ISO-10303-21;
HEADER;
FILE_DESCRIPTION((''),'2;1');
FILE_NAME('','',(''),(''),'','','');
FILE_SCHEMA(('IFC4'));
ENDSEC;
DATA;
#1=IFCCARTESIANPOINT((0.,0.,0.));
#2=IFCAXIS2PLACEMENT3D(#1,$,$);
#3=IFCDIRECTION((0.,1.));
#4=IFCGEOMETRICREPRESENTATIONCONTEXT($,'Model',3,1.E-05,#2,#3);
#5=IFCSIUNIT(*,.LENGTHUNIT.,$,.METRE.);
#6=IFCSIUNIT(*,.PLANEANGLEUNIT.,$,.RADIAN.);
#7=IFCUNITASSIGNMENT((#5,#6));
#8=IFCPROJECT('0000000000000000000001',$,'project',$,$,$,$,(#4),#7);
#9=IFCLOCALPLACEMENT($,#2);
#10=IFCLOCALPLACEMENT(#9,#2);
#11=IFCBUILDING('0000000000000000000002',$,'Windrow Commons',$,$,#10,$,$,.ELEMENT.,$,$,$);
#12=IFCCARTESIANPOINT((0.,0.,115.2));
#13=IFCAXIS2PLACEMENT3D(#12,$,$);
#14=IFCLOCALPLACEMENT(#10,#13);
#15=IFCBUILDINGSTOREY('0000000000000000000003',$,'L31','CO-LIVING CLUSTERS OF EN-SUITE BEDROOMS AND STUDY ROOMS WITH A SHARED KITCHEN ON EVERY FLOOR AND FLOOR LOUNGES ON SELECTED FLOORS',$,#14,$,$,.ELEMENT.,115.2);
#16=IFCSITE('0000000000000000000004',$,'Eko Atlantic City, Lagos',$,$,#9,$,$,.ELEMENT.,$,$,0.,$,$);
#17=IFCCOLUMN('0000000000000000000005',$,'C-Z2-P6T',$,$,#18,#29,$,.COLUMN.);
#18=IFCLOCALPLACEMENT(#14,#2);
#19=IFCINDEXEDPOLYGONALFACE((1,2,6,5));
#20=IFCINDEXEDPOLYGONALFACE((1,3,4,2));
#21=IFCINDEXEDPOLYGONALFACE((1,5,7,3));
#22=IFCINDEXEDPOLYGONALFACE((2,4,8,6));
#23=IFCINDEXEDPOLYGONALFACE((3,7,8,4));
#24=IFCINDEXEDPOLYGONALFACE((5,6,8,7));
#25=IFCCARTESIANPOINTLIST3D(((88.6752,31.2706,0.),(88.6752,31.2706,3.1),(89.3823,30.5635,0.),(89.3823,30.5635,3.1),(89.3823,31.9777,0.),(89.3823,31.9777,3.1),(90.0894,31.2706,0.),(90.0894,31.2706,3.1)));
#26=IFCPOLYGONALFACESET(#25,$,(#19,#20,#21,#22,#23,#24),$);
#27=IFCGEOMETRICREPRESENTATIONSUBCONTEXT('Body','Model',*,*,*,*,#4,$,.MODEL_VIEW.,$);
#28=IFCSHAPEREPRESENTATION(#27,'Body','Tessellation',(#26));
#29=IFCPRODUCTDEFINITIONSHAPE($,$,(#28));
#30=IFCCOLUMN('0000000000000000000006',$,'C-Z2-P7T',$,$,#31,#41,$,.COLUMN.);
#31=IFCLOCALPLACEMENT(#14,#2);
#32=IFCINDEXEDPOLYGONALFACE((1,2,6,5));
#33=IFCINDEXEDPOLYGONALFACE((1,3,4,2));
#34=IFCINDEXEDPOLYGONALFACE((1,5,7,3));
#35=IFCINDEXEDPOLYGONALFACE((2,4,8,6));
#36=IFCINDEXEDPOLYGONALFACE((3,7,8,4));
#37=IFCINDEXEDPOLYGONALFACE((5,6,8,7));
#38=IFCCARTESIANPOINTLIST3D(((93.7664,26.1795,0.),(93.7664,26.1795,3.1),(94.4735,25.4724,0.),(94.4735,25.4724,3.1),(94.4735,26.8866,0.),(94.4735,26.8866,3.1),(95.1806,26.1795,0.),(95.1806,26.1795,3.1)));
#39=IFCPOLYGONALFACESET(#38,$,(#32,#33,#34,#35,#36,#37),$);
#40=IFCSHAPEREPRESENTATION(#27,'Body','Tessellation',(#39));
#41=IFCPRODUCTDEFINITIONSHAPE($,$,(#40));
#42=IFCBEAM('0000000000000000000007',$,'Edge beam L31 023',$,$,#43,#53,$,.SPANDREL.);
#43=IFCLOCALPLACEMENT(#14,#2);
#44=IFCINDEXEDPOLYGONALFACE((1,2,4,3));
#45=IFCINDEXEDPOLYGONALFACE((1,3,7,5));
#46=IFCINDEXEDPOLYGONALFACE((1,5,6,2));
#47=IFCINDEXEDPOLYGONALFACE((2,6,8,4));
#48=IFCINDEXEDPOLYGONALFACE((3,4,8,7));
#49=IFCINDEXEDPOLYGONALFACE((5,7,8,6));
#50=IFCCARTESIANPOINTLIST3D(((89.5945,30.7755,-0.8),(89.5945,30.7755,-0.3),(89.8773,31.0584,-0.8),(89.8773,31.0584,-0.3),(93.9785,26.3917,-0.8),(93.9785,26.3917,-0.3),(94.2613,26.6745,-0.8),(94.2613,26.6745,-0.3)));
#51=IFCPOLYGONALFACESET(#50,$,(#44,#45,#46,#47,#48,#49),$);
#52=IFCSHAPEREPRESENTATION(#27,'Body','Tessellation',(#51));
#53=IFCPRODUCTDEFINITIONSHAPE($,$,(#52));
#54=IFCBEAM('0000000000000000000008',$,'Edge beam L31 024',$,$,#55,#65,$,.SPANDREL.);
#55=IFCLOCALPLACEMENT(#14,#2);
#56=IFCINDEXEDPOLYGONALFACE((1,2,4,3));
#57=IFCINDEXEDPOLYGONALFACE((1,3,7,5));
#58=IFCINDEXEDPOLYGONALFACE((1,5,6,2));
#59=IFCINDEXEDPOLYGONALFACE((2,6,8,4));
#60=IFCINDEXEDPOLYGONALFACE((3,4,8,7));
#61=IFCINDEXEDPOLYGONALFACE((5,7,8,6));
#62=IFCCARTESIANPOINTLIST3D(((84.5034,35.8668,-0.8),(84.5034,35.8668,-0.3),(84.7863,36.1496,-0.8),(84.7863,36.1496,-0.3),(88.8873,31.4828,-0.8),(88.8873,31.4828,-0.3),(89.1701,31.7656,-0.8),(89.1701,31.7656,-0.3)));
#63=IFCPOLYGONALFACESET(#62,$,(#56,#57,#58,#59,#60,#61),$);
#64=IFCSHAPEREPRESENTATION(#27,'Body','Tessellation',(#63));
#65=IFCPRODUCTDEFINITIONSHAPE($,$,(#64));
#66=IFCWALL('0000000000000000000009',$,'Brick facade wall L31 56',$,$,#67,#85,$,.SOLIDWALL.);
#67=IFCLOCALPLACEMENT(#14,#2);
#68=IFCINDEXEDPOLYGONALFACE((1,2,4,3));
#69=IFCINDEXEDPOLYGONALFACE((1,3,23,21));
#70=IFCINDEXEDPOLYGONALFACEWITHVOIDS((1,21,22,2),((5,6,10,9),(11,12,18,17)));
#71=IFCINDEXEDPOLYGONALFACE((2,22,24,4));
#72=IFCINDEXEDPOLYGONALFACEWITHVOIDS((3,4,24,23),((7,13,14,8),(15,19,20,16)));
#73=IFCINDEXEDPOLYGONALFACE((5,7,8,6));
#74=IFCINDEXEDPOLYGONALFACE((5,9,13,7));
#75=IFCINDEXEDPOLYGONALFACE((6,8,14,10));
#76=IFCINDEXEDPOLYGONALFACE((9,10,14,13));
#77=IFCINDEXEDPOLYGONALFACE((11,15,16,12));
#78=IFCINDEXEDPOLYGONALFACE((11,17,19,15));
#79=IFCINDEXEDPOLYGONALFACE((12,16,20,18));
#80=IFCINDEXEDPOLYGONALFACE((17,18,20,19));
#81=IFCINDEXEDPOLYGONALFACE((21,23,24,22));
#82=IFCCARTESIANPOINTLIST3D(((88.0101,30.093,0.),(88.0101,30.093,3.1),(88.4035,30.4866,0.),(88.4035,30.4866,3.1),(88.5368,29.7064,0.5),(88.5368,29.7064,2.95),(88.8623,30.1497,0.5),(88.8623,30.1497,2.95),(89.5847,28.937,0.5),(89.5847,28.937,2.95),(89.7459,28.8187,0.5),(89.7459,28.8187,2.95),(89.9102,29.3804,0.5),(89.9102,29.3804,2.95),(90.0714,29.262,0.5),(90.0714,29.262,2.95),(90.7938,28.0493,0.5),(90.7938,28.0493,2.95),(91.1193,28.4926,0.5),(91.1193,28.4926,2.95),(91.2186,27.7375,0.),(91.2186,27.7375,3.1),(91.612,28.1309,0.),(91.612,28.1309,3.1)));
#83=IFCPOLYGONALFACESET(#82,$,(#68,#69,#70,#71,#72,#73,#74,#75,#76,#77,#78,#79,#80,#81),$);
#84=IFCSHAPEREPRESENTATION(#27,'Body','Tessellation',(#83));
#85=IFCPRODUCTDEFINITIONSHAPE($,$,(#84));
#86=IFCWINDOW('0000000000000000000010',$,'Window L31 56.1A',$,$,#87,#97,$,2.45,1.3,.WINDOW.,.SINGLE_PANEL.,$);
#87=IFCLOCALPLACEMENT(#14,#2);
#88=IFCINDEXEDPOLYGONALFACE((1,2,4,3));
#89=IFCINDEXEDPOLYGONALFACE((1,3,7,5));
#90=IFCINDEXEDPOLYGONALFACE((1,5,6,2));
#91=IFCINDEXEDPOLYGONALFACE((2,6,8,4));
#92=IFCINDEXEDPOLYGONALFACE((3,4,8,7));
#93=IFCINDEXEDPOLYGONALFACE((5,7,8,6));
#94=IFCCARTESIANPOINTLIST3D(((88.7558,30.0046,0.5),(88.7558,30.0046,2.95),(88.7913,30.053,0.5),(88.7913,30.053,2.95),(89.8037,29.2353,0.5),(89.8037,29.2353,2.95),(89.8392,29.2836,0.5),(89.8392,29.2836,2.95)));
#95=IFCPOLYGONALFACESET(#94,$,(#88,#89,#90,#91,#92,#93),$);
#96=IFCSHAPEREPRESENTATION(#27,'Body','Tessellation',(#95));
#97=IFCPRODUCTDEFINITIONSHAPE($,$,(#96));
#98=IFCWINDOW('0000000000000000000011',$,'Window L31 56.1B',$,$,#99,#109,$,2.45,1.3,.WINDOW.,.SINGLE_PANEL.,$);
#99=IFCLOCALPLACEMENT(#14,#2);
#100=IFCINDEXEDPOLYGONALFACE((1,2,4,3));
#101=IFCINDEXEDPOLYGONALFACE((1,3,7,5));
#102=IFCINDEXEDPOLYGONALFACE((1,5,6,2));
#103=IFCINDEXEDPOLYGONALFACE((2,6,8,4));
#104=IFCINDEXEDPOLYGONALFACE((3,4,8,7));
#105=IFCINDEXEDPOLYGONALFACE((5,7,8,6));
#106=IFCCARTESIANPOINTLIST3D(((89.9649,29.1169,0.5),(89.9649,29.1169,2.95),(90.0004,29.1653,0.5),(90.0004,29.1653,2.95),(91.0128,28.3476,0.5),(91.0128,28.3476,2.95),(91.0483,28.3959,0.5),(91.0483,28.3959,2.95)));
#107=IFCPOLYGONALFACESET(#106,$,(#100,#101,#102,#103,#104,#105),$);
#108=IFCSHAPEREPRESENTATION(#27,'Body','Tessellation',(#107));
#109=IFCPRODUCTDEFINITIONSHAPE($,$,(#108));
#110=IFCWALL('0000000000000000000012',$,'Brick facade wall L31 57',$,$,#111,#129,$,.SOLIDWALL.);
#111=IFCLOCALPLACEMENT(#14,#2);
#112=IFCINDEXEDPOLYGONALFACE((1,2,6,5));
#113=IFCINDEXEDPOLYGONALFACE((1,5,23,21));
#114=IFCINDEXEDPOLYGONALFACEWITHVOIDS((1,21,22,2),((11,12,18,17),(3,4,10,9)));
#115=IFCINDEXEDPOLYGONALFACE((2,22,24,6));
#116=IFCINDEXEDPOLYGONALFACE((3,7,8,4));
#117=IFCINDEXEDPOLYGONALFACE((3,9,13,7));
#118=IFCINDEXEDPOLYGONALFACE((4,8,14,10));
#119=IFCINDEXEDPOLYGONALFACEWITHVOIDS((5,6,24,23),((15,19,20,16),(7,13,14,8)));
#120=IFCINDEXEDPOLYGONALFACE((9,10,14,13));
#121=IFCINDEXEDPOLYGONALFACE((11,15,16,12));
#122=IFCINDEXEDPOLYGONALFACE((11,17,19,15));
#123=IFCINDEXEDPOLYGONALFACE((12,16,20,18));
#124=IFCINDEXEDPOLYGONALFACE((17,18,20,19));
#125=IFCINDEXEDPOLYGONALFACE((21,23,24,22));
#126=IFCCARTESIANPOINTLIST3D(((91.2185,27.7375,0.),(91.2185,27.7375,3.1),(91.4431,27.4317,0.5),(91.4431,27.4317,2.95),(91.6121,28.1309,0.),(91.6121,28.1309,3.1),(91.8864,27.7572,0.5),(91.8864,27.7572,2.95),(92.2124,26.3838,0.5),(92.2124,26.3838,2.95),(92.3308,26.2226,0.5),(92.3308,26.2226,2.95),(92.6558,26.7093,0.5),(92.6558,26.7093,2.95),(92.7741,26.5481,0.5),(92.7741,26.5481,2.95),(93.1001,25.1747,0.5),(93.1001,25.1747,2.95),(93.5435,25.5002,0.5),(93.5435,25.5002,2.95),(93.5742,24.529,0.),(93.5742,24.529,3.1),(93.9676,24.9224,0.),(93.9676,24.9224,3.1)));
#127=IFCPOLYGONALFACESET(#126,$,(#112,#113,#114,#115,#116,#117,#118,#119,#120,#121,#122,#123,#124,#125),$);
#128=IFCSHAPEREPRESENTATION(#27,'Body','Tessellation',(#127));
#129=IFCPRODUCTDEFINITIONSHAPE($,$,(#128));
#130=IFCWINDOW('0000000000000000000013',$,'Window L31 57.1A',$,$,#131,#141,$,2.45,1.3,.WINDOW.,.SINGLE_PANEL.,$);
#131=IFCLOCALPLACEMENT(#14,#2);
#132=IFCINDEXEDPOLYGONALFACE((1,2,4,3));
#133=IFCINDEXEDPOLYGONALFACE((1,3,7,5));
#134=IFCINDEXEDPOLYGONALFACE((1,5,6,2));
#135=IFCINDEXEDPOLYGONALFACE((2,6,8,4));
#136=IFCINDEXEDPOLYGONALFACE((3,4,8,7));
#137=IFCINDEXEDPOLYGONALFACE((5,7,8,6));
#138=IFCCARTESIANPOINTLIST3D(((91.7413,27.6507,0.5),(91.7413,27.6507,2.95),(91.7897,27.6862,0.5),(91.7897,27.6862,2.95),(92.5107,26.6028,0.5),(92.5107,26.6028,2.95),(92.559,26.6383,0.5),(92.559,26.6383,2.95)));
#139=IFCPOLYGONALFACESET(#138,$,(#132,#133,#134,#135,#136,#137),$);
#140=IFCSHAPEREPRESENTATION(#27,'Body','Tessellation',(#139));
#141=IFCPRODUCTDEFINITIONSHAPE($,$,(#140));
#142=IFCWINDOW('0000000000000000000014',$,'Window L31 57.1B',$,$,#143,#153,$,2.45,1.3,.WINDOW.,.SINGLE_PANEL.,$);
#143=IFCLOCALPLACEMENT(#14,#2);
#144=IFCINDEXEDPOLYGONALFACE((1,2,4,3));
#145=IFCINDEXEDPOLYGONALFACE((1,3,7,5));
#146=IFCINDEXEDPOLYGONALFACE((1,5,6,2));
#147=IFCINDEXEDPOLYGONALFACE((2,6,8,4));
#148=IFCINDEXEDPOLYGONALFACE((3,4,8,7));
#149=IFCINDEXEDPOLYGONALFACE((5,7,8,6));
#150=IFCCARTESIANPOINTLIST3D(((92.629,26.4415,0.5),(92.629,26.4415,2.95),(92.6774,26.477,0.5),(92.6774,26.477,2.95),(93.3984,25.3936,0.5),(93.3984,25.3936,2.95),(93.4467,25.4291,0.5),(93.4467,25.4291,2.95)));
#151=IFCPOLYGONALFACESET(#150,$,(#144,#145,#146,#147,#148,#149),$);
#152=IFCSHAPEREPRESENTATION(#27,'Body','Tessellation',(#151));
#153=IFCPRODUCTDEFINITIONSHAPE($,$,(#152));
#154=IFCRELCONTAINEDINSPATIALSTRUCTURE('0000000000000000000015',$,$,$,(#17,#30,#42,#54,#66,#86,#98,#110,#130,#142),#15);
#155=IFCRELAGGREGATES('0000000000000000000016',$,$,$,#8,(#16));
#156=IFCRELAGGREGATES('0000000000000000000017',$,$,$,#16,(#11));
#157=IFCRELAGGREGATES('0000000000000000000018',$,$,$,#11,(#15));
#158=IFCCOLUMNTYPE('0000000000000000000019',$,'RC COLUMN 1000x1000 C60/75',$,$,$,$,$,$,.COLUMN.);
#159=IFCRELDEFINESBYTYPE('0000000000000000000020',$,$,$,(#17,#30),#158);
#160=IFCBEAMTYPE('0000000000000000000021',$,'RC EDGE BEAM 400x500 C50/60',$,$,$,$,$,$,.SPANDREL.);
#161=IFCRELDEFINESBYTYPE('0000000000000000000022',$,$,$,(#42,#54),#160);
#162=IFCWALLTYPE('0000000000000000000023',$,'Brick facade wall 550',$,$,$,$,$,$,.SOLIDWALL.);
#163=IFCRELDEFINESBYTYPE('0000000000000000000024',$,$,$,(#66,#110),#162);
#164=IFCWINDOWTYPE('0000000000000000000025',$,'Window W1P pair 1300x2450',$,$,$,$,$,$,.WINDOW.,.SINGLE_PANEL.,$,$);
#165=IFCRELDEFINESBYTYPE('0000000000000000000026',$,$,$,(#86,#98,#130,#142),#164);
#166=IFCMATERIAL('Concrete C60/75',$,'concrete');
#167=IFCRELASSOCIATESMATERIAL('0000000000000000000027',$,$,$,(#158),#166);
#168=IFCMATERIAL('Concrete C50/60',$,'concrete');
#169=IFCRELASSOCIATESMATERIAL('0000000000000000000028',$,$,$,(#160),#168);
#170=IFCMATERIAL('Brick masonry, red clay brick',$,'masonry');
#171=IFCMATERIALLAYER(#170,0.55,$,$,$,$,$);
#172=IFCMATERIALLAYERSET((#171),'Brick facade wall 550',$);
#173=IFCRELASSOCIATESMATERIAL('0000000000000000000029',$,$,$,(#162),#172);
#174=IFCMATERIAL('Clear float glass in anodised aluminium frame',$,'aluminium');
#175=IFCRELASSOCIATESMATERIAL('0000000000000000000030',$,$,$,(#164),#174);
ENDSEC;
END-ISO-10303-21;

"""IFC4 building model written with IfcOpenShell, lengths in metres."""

from ifc_helpers import new_model, si_unit, direction, frame, frame_2d, origin, origin_2d, place, context, subcontext, project, spatial, polyline, rectangle, outline, extrude, material, layer, layer_set, material_profile, profile_set, type_object, element, fill, save


model = new_model("IFC4")

# Units and contexts
model_context = context("Model", 3, precision=1e-05, world=origin(), true_north=direction((0.0, 1.0)))
body_context = subcontext(model_context, "Body", "Model", "MODEL_VIEW")
ifc_project = project(units=[si_unit("LENGTHUNIT", "METRE"), si_unit("PLANEANGLEUNIT", "RADIAN")], contexts=[model_context])

# Site, building, storey
site_placement = place(None, origin())
site = spatial("IfcSite", under=ifc_project, at=site_placement, Name="Eko Atlantic City, Lagos", CompositionType="ELEMENT", RefElevation=0.0)
building_placement = place(site_placement, origin())
building = spatial("IfcBuilding", under=site, at=building_placement, Name="Windrow Commons", CompositionType="ELEMENT")
storey_placement = place(building_placement, frame((0.0, 0.0, 115.2)))
storey = spatial("IfcBuildingStorey", under=building, at=storey_placement, Name="L31", Description="CO-LIVING CLUSTERS OF EN-SUITE BEDROOMS AND STUDY ROOMS WITH A SHARED KITCHEN ON EVERY FLOOR AND FLOOR LOUNGES ON SELECTED FLOORS", CompositionType="ELEMENT", Elevation=115.2)

# Columns
ifc_material_1 = material(Name="Concrete C60/75", Category="concrete")
ifc_material_profile_1 = material_profile(ifc_material_1, rectangle(XDim=1.0, YDim=1.0, at=origin_2d()))
ifc_profile_set_1 = profile_set([ifc_material_profile_1], Name="Concrete C60/75")
column_type = type_object("IfcColumnType", Name="RC COLUMN 1000x1000 C60/75", PredefinedType="COLUMN", material=ifc_profile_set_1)
for number, where, z_axis, x_axis, name in (
    (1, (89.3823, 31.2706, 0.0), (0.0, 0.0, 1.0), (0.707107, -0.707107, 0.0), "C-Z2-P6T"),
    (2, (94.4735, 26.1795, 0.0), (0.0, 0.0, 1.0), (0.707107, -0.707107, 0.0), "C-Z2-P7T"),
):
    element("IfcColumn", number, at=place(storey_placement, frame(where, z_axis=z_axis, x_axis=x_axis)), inside=storey, type_object=column_type, Name=name, PredefinedType="COLUMN", context=body_context, shape_type="SweptSolid", body=[
        extrude(rectangle(XDim=1.0, YDim=1.0, at=origin_2d()), origin(), (0.0, 0.0, 1.0), 3.1),
    ])

# Beams
ifc_material_2 = material(Name="Concrete C50/60", Category="concrete")
ifc_material_profile_2 = material_profile(ifc_material_2, rectangle(XDim=0.4, YDim=0.5, at=origin_2d()))
ifc_profile_set_2 = profile_set([ifc_material_profile_2], Name="Concrete C50/60")
beam_type = type_object("IfcBeamType", Name="RC EDGE BEAM 400x500 C50/60", PredefinedType="SPANDREL", material=ifc_profile_set_2)
for number, where, z_axis, x_axis, name in (
    (3, (94.1199, 26.5331, -0.55), (-0.707115, 0.707099, 0.0), (-0.707099, -0.707115, 0.0), "Edge beam L31 023"),
    (4, (89.0287, 31.6242, -0.55), (-0.707099, 0.707115, 0.0), (-0.707115, -0.707099, 0.0), "Edge beam L31 024"),
):
    element("IfcBeam", number, at=place(storey_placement, frame(where, z_axis=z_axis, x_axis=x_axis)), inside=storey, type_object=beam_type, Name=name, PredefinedType="SPANDREL", context=body_context, shape_type="SweptSolid", body=[
        extrude(rectangle(XDim=0.4, YDim=0.5, at=origin_2d()), origin(), (0.0, 0.0, 1.0), 6.1998),
    ])

# Walls, openings, windows
ifc_material_3 = material(Name="Brick masonry, red clay brick", Category="masonry")
ifc_layer_1 = layer(ifc_material_3, 0.55)
ifc_layer_set_1 = layer_set([ifc_layer_1], Name="Brick facade wall 550")
wall_type_1 = type_object("IfcWallType", Name="Brick facade wall 550", PredefinedType="SOLIDWALL", material=ifc_layer_set_1)
wall_1_placement = place(storey_placement, frame((88.2068, 30.2898, 0.0), z_axis=(0.0, 0.0, 1.0), x_axis=(0.806081, -0.591805, 0.0)))
wall_1 = element("IfcWall", 5, at=wall_1_placement, inside=storey, type_object=wall_type_1, Name="Brick facade wall L31 56", PredefinedType="SOLIDWALL", context=body_context, shape_type="SweptSolid", body=[
    extrude(outline(polyline([(-0.0421, -0.275), (3.9382, -0.275), (4.0225, 0.275), (0.0421, 0.275), (-0.0421, -0.275)])), origin(), (0.0, 0.0, 1.0), 3.1),
])
opening_1_placement = place(wall_1_placement, frame((0.6113, 0.0, 0.5)))
opening_1 = element("IfcOpeningElement", 6, at=opening_1_placement, cuts=wall_1, PredefinedType="OPENING", context=body_context, shape_type="SweptSolid", body=[
    extrude(rectangle(XDim=1.3, YDim=2.45, at=frame_2d((0.65, 1.225))), frame((0.0, 0.285, 0.0), z_axis=(0.0, -1.0, 0.0), x_axis=(1.0, 0.0, 0.0)), (0.0, 0.0, 1.0), 0.57),
])
opening_2_placement = place(wall_1_placement, frame((2.1113, 0.0, 0.5)))
opening_2 = element("IfcOpeningElement", 7, at=opening_2_placement, cuts=wall_1, PredefinedType="OPENING", context=body_context, shape_type="SweptSolid", body=[
    extrude(rectangle(XDim=1.3, YDim=2.45, at=frame_2d((0.65, 1.225))), frame((0.0, 0.285, 0.0), z_axis=(0.0, -1.0, 0.0), x_axis=(1.0, 0.0, 0.0)), (0.0, 0.0, 1.0), 0.57),
])
ifc_material_4 = material(Name="Clear float glass in anodised aluminium frame", Category="aluminium")
window_type_1 = type_object("IfcWindowType", Name="Window W1P pair 1300x2450", PartitioningType="SINGLE_PANEL", PredefinedType="WINDOW", material=ifc_material_4)
window_1_placement = place(opening_1_placement, origin())
window_1 = element("IfcWindow", 8, at=window_1_placement, inside=storey, type_object=window_type_1, Name="Window L31 56.1A", OverallHeight=2.45, OverallWidth=1.3, PartitioningType="SINGLE_PANEL", PredefinedType="WINDOW", context=body_context, shape_type="SweptSolid", body=[
    extrude(rectangle(XDim=1.3, YDim=2.45, at=frame_2d((0.65, 1.225))), frame((0.0, 0.155, 0.0), z_axis=(0.0, -1.0, 0.0), x_axis=(1.0, 0.0, 0.0)), (0.0, 0.0, 1.0), 0.06),
])
fill(opening_1, window_1)
window_2_placement = place(opening_2_placement, origin())
window_2 = element("IfcWindow", 9, at=window_2_placement, inside=storey, type_object=window_type_1, Name="Window L31 56.1B", OverallHeight=2.45, OverallWidth=1.3, PartitioningType="SINGLE_PANEL", PredefinedType="WINDOW", context=body_context, shape_type="SweptSolid", body=[
    extrude(rectangle(XDim=1.3, YDim=2.45, at=frame_2d((0.65, 1.225))), frame((0.0, 0.155, 0.0), z_axis=(0.0, -1.0, 0.0), x_axis=(1.0, 0.0, 0.0)), (0.0, 0.0, 1.0), 0.06),
])
fill(opening_2, window_2)
wall_2_placement = place(storey_placement, frame((91.4153, 27.9342, 0.0), z_axis=(0.0, 0.0, 1.0), x_axis=(0.591805, -0.806081, 0.0)))
wall_2 = element("IfcWall", 10, at=wall_2_placement, inside=storey, type_object=wall_type_1, Name="Brick facade wall L31 57", PredefinedType="SOLIDWALL", context=body_context, shape_type="SweptSolid", body=[
    extrude(outline(polyline([(0.0421, -0.275), (4.0225, -0.275), (3.9382, 0.275), (-0.0421, 0.275), (0.0421, -0.275)])), origin(), (0.0, 0.0, 1.0), 3.1),
])
opening_3_placement = place(wall_2_placement, frame((0.4215, 0.0, 0.5)))
opening_3 = element("IfcOpeningElement", 11, at=opening_3_placement, cuts=wall_2, PredefinedType="OPENING", context=body_context, shape_type="SweptSolid", body=[
    extrude(rectangle(XDim=1.3, YDim=2.45, at=frame_2d((0.65, 1.225))), frame((0.0, 0.285, 0.0), z_axis=(0.0, -1.0, 0.0), x_axis=(1.0, 0.0, 0.0)), (0.0, 0.0, 1.0), 0.57),
])
opening_4_placement = place(wall_2_placement, frame((1.9215, 0.0, 0.5)))
opening_4 = element("IfcOpeningElement", 12, at=opening_4_placement, cuts=wall_2, PredefinedType="OPENING", context=body_context, shape_type="SweptSolid", body=[
    extrude(rectangle(XDim=1.3, YDim=2.45, at=frame_2d((0.65, 1.225))), frame((0.0, 0.285, 0.0), z_axis=(0.0, -1.0, 0.0), x_axis=(1.0, 0.0, 0.0)), (0.0, 0.0, 1.0), 0.57),
])
window_3_placement = place(opening_3_placement, origin())
window_3 = element("IfcWindow", 13, at=window_3_placement, inside=storey, type_object=window_type_1, Name="Window L31 57.1A", OverallHeight=2.45, OverallWidth=1.3, PartitioningType="SINGLE_PANEL", PredefinedType="WINDOW", context=body_context, shape_type="SweptSolid", body=[
    extrude(rectangle(XDim=1.3, YDim=2.45, at=frame_2d((0.65, 1.225))), frame((0.0, 0.155, 0.0), z_axis=(0.0, -1.0, 0.0), x_axis=(1.0, 0.0, 0.0)), (0.0, 0.0, 1.0), 0.06),
])
fill(opening_3, window_3)
window_4_placement = place(opening_4_placement, origin())
window_4 = element("IfcWindow", 14, at=window_4_placement, inside=storey, type_object=window_type_1, Name="Window L31 57.1B", OverallHeight=2.45, OverallWidth=1.3, PartitioningType="SINGLE_PANEL", PredefinedType="WINDOW", context=body_context, shape_type="SweptSolid", body=[
    extrude(rectangle(XDim=1.3, YDim=2.45, at=frame_2d((0.65, 1.225))), frame((0.0, 0.155, 0.0), z_axis=(0.0, -1.0, 0.0), x_axis=(1.0, 0.0, 0.0)), (0.0, 0.0, 1.0), 0.06),
])
fill(opening_4, window_4)

save(model, "model.ifc")
